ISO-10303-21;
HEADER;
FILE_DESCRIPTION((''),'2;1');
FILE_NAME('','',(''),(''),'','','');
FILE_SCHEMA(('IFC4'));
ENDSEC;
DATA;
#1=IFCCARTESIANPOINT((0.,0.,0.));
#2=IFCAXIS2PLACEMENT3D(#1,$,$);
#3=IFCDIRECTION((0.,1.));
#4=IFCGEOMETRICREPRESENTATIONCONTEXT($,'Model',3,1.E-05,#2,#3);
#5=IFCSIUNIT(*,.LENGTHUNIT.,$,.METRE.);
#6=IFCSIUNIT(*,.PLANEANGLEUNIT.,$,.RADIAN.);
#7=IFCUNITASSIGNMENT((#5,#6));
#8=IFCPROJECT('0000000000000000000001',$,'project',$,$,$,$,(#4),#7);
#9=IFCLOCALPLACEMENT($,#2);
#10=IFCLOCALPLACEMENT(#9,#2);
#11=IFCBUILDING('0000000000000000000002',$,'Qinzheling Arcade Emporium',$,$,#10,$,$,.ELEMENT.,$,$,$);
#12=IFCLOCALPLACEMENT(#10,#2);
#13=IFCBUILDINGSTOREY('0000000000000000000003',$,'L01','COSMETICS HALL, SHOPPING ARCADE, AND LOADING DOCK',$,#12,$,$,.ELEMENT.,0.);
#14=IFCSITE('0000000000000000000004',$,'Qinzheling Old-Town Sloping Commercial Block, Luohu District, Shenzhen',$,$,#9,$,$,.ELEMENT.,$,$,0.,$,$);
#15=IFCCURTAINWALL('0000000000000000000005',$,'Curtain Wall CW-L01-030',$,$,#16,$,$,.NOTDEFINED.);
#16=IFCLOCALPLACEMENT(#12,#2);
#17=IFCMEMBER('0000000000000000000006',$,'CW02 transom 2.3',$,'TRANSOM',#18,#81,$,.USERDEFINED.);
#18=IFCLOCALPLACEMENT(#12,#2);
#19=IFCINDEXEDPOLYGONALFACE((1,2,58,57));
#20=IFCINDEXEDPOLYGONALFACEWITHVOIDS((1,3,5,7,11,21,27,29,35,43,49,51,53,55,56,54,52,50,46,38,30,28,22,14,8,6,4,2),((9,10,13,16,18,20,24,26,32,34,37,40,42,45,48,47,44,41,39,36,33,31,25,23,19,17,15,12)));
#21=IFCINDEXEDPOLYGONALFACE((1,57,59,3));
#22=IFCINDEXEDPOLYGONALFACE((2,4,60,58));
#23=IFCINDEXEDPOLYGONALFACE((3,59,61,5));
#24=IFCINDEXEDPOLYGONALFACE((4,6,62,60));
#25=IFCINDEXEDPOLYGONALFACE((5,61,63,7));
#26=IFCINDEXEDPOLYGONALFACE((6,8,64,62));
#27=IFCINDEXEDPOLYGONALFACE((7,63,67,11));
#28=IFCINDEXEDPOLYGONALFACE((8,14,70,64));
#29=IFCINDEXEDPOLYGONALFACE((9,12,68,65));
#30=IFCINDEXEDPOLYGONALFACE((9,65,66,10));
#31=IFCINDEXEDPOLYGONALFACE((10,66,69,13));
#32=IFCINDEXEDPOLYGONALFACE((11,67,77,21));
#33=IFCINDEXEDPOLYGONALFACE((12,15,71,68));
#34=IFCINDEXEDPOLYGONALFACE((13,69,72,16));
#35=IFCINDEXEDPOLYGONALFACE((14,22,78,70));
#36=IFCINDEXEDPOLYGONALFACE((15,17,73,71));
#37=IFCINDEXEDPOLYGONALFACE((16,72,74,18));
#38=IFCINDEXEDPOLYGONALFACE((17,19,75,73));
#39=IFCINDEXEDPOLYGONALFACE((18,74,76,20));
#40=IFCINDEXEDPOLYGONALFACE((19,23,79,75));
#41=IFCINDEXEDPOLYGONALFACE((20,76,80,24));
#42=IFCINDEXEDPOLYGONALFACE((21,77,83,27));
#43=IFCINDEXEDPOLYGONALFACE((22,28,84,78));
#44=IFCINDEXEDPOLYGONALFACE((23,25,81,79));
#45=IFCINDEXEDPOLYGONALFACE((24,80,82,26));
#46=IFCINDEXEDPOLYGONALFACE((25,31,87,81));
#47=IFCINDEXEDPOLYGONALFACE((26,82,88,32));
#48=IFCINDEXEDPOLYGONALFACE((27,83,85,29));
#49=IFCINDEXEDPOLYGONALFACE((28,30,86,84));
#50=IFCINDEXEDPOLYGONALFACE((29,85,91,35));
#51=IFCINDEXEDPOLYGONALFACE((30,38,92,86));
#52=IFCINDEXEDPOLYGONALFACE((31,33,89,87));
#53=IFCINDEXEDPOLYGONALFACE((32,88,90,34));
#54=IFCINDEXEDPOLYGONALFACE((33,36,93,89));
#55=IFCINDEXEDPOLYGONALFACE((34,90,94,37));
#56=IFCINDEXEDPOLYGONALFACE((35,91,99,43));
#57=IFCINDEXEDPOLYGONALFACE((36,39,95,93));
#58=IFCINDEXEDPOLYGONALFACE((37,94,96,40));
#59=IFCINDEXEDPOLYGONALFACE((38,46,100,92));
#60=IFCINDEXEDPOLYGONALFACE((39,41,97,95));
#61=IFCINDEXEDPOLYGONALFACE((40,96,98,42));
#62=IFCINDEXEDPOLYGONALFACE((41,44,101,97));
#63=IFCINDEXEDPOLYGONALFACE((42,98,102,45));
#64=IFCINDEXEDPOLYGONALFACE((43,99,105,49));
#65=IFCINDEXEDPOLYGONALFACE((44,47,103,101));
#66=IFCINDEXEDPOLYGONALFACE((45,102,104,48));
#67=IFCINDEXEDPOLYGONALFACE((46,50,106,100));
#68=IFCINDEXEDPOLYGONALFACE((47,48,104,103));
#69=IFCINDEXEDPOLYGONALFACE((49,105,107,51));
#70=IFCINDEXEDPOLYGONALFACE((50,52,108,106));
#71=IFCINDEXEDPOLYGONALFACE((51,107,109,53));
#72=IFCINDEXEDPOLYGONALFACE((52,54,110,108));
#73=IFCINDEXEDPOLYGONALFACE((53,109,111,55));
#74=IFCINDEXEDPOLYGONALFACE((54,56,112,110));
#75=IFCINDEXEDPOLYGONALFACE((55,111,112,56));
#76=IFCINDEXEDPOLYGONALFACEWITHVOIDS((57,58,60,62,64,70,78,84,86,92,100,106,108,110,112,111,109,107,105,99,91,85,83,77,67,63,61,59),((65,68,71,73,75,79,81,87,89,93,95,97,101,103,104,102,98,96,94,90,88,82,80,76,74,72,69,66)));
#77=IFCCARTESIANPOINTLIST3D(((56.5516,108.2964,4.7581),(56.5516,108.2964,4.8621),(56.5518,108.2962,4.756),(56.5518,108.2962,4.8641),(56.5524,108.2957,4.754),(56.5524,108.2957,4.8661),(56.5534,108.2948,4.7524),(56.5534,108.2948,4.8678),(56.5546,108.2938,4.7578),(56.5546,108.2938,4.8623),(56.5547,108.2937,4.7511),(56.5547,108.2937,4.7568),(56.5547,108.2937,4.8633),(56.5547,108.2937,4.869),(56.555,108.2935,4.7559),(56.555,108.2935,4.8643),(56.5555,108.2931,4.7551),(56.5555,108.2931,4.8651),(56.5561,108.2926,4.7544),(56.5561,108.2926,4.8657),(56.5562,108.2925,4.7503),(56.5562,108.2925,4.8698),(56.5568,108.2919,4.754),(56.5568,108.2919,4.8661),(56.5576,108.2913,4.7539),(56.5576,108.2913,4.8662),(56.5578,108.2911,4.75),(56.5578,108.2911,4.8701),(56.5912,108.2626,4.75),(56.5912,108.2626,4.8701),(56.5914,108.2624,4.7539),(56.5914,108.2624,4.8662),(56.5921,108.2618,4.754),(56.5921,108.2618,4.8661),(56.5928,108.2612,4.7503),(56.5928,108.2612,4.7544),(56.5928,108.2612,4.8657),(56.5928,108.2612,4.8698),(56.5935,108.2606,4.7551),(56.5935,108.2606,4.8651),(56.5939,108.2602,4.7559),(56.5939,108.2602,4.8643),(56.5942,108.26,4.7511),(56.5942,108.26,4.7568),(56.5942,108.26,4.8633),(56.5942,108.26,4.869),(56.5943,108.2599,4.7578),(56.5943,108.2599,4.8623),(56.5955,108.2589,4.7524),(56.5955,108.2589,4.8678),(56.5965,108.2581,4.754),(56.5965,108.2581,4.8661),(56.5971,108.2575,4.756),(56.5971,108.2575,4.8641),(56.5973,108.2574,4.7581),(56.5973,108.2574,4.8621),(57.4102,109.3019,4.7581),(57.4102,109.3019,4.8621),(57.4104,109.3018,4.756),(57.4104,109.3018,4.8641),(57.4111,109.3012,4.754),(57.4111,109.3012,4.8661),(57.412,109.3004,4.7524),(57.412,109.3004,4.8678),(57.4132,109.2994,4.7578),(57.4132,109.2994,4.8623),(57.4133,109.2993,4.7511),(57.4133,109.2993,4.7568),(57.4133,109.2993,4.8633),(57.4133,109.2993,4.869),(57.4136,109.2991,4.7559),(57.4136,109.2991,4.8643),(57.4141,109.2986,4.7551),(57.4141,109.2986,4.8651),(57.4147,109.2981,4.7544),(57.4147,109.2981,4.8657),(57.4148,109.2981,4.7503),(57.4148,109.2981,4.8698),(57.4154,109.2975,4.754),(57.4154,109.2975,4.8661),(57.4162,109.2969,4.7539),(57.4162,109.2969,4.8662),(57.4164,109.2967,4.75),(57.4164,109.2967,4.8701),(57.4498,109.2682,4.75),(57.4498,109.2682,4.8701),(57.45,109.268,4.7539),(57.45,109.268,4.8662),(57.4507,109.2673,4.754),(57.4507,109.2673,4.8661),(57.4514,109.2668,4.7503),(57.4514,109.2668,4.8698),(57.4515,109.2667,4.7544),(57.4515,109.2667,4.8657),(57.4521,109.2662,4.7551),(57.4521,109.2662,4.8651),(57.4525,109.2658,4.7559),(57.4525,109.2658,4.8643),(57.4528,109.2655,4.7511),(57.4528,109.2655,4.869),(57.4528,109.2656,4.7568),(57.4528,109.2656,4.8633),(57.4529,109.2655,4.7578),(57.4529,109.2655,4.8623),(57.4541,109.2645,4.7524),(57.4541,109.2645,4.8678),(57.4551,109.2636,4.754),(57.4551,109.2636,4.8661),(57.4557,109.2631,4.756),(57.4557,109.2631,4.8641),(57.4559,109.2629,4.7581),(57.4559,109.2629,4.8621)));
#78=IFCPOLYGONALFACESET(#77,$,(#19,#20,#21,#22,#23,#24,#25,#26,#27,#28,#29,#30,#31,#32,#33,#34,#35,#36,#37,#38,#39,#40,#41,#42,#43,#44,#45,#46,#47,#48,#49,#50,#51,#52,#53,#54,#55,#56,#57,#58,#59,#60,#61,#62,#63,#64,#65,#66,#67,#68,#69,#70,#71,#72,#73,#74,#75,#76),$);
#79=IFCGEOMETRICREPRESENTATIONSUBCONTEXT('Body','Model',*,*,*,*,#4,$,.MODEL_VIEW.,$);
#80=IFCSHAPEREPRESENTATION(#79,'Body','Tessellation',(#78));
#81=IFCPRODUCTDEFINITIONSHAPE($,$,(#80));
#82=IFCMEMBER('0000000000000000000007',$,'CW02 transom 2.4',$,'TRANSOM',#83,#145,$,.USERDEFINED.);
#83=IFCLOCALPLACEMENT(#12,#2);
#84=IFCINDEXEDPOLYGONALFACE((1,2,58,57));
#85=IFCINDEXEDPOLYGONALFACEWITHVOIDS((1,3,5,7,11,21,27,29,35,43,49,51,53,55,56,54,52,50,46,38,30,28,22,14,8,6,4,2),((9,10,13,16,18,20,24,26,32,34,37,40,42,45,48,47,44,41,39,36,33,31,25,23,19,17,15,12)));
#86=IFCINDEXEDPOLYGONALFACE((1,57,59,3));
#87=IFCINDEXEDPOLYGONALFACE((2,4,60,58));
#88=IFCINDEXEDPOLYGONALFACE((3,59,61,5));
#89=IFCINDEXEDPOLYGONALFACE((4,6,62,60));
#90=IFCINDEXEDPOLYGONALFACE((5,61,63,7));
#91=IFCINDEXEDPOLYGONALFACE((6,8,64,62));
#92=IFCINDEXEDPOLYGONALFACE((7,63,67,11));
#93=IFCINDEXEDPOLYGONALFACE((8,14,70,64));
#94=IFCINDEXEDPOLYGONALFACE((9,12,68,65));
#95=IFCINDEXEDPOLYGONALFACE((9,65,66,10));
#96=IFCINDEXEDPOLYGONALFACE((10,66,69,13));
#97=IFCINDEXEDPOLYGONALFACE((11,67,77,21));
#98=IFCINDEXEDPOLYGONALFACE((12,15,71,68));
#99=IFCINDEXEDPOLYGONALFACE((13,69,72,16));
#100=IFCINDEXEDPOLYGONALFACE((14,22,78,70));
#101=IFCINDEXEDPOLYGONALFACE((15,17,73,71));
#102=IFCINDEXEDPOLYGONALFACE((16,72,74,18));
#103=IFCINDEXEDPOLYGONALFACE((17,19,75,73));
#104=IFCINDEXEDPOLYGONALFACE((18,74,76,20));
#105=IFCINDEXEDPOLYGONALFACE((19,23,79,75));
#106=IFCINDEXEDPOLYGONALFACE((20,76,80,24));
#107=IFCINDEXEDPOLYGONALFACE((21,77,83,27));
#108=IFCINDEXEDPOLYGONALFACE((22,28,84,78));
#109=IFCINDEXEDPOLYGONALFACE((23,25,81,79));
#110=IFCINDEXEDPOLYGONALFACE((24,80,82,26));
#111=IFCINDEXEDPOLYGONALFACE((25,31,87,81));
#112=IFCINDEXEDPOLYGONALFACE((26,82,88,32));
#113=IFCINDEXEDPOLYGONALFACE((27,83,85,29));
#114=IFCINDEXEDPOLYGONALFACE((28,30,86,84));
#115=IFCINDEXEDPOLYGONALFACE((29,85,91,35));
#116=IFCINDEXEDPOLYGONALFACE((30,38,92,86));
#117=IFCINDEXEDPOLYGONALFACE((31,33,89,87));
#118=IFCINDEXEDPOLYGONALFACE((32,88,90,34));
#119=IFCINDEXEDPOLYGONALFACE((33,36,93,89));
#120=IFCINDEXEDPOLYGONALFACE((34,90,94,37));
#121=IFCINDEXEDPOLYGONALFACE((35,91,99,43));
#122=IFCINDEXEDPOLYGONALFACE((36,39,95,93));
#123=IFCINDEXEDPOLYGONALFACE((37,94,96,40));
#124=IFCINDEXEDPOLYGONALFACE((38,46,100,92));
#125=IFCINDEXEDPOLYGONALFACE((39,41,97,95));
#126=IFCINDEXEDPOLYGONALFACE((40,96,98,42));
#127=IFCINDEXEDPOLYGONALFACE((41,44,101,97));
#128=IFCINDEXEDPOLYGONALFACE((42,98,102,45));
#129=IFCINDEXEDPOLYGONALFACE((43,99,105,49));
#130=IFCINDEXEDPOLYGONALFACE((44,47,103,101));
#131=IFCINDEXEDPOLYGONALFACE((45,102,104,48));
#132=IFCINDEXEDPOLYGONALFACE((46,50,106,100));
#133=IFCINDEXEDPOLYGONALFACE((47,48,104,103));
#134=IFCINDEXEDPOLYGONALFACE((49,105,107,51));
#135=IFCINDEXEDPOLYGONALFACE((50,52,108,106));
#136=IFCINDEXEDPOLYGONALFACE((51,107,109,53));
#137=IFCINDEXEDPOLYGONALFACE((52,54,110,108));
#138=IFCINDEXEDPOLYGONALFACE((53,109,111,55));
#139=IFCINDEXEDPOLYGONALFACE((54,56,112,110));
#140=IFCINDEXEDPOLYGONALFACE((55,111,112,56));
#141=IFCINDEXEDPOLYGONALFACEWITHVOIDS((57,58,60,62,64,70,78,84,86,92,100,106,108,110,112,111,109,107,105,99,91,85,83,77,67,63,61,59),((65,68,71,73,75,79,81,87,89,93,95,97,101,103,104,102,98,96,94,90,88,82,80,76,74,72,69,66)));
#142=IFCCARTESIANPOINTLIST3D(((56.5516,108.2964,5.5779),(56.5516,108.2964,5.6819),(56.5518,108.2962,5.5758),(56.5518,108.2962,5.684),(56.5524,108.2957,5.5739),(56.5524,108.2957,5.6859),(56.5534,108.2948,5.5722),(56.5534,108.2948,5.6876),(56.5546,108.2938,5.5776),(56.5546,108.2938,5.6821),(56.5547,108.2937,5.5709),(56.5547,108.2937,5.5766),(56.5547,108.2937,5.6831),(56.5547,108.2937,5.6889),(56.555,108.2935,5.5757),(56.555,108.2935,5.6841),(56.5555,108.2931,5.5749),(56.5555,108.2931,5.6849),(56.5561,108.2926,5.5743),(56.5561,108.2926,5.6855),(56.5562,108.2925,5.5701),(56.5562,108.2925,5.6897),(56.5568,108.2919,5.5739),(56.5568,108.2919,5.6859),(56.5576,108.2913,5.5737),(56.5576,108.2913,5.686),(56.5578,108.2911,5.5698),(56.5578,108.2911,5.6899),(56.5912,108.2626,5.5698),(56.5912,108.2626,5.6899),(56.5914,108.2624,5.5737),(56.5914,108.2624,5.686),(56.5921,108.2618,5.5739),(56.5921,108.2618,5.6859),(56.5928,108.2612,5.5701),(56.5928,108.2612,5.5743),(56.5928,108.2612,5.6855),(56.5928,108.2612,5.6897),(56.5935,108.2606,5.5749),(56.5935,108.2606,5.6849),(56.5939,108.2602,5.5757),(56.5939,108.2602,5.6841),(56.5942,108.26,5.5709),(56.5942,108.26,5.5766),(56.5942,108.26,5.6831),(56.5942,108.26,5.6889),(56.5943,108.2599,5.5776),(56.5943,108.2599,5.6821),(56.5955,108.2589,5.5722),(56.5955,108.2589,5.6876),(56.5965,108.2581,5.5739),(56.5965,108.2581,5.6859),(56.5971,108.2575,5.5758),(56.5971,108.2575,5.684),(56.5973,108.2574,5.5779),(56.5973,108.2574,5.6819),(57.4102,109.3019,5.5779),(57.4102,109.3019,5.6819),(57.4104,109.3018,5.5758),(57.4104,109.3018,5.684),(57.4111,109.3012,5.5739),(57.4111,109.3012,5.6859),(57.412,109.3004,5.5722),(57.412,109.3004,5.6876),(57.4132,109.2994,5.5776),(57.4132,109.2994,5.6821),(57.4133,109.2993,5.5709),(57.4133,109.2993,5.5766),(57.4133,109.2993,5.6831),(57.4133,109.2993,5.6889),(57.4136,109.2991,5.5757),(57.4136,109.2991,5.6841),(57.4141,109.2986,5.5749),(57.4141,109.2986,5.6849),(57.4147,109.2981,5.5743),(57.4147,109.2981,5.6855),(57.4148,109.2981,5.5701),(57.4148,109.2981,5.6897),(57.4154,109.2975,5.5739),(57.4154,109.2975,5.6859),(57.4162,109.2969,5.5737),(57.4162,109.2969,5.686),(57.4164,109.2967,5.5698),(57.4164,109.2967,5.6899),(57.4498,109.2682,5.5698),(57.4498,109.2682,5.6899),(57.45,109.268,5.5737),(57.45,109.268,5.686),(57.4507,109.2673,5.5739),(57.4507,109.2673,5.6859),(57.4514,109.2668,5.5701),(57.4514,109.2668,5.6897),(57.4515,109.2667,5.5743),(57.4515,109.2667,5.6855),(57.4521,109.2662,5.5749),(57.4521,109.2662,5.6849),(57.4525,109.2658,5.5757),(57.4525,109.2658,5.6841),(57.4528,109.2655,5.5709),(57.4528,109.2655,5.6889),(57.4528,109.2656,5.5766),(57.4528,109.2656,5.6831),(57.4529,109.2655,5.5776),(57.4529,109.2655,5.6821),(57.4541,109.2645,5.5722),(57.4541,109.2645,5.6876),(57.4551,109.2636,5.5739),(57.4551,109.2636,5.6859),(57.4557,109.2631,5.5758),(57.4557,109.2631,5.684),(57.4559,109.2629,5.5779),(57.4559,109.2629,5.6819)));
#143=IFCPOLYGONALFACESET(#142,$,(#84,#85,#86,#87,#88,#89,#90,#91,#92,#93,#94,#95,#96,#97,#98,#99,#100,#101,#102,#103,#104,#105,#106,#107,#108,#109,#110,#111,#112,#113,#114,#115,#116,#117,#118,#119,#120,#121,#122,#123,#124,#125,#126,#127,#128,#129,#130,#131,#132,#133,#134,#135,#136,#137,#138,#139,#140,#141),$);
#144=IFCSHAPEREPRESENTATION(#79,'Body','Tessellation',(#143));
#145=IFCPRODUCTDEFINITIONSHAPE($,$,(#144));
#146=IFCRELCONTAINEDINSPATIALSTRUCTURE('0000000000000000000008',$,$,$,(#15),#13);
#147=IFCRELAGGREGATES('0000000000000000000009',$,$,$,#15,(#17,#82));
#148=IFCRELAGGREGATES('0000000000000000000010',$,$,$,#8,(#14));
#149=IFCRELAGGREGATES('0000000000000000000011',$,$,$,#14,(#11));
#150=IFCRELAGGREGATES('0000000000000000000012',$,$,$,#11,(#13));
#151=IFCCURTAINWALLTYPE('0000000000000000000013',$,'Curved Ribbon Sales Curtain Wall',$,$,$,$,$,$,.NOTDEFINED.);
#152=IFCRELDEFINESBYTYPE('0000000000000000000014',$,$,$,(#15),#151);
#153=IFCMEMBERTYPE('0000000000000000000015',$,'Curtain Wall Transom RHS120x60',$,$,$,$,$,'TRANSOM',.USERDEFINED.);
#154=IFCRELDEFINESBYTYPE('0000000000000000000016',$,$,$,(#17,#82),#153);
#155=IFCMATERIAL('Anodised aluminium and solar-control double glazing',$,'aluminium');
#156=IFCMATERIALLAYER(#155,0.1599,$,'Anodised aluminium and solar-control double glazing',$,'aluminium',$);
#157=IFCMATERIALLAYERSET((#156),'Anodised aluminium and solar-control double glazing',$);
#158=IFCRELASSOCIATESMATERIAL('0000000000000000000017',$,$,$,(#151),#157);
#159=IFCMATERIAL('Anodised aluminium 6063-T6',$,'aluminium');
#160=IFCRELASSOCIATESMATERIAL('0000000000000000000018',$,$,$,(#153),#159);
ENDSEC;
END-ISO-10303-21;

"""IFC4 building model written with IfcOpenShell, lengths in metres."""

from ifc_helpers import new_model, si_unit, direction, frame, origin, origin_2d, place, context, subcontext, project, spatial, hollow_rectangle, extrude, material, layer, layer_set, material_profile, profile_set, type_object, element, aggregate, save


model = new_model("IFC4")

# Units and contexts
model_context = context("Model", 3, precision=1e-05, world=origin(), true_north=direction((0.0, 1.0)))
body_context = subcontext(model_context, "Body", "Model", "MODEL_VIEW")
ifc_project = project(units=[si_unit("LENGTHUNIT", "METRE"), si_unit("PLANEANGLEUNIT", "RADIAN")], contexts=[model_context])

# Site, building, storey
site_placement = place(None, origin())
site = spatial("IfcSite", under=ifc_project, at=site_placement, Name="Qinzheling Old-Town Sloping Commercial Block, Luohu District, Shenzhen", CompositionType="ELEMENT", RefElevation=0.0)
building_placement = place(site_placement, origin())
building = spatial("IfcBuilding", under=site, at=building_placement, Name="Qinzheling Arcade Emporium", CompositionType="ELEMENT")
storey_placement = place(building_placement, origin())
storey = spatial("IfcBuildingStorey", under=building, at=storey_placement, Name="L01", Description="COSMETICS HALL, SHOPPING ARCADE, AND LOADING DOCK", CompositionType="ELEMENT", Elevation=0.0)

# Shared definitions
ifc_material_1 = material(Name="Anodised aluminium and solar-control double glazing", Category="aluminium")
ifc_layer_1 = layer(ifc_material_1, 0.1599, Name="Anodised aluminium and solar-control double glazing", Category="aluminium")
ifc_layer_set_1 = layer_set([ifc_layer_1], Name="Anodised aluminium and solar-control double glazing")
curtain_wall_type = type_object("IfcCurtainWallType", Name="Curved Ribbon Sales Curtain Wall", PredefinedType="NOTDEFINED", material=ifc_layer_set_1)
ifc_material_2 = material(Name="Anodised aluminium 6063-T6", Category="aluminium")

# Curtain wall
curtain_wall_1_placement = place(storey_placement, origin())
curtain_wall_1 = element("IfcCurtainWall", 1, at=curtain_wall_1_placement, inside=storey, type_object=curtain_wall_type, Name="Curtain Wall CW-L01-030", PredefinedType="NOTDEFINED")

# Members
ifc_material_profile_1 = material_profile(ifc_material_2, hollow_rectangle(XDim=0.0601, YDim=0.1201, WallThickness=0.0039, InnerFilletRadius=0.0039, OuterFilletRadius=0.0081, at=origin_2d()), Name="RHS 120x60x4", Category="aluminium")
ifc_profile_set_1 = profile_set([ifc_material_profile_1], Name="Anodised aluminium 6063-T6")
member_type_1 = type_object("IfcMemberType", Name="Curtain Wall Transom RHS120x60", ElementType="TRANSOM", PredefinedType="USERDEFINED", material=ifc_profile_set_1)
member_1_placement = place(storey_placement, frame((56.5745, 108.2769, 4.8101), z_axis=(0.649346, 0.760493, 0.0), x_axis=(-0.760493, 0.649346, 0.0)))
member_1 = element("IfcMember", 2, at=member_1_placement, type_object=member_type_1, Name="CW02 transom 2.3", ObjectType="TRANSOM", PredefinedType="USERDEFINED", context=body_context, shape_type="SweptSolid", body=[
    extrude(hollow_rectangle(XDim=0.0601, YDim=0.1201, WallThickness=0.0039, InnerFilletRadius=0.0039, OuterFilletRadius=0.0081, at=origin_2d()), origin(), (0.0, 0.0, 1.0), 1.3223),
])
member_2_placement = place(storey_placement, frame((56.5745, 108.2769, 5.6299), z_axis=(0.649346, 0.760493, 0.0), x_axis=(-0.760493, 0.649346, 0.0)))
member_2 = element("IfcMember", 3, at=member_2_placement, type_object=member_type_1, Name="CW02 transom 2.4", ObjectType="TRANSOM", PredefinedType="USERDEFINED", context=body_context, shape_type="SweptSolid", body=[
    extrude(hollow_rectangle(XDim=0.0601, YDim=0.1201, WallThickness=0.0039, InnerFilletRadius=0.0039, OuterFilletRadius=0.0081, at=origin_2d()), origin(), (0.0, 0.0, 1.0), 1.3223),
])

aggregate(curtain_wall_1, [member_1, member_2])

save(model, "model.ifc")
